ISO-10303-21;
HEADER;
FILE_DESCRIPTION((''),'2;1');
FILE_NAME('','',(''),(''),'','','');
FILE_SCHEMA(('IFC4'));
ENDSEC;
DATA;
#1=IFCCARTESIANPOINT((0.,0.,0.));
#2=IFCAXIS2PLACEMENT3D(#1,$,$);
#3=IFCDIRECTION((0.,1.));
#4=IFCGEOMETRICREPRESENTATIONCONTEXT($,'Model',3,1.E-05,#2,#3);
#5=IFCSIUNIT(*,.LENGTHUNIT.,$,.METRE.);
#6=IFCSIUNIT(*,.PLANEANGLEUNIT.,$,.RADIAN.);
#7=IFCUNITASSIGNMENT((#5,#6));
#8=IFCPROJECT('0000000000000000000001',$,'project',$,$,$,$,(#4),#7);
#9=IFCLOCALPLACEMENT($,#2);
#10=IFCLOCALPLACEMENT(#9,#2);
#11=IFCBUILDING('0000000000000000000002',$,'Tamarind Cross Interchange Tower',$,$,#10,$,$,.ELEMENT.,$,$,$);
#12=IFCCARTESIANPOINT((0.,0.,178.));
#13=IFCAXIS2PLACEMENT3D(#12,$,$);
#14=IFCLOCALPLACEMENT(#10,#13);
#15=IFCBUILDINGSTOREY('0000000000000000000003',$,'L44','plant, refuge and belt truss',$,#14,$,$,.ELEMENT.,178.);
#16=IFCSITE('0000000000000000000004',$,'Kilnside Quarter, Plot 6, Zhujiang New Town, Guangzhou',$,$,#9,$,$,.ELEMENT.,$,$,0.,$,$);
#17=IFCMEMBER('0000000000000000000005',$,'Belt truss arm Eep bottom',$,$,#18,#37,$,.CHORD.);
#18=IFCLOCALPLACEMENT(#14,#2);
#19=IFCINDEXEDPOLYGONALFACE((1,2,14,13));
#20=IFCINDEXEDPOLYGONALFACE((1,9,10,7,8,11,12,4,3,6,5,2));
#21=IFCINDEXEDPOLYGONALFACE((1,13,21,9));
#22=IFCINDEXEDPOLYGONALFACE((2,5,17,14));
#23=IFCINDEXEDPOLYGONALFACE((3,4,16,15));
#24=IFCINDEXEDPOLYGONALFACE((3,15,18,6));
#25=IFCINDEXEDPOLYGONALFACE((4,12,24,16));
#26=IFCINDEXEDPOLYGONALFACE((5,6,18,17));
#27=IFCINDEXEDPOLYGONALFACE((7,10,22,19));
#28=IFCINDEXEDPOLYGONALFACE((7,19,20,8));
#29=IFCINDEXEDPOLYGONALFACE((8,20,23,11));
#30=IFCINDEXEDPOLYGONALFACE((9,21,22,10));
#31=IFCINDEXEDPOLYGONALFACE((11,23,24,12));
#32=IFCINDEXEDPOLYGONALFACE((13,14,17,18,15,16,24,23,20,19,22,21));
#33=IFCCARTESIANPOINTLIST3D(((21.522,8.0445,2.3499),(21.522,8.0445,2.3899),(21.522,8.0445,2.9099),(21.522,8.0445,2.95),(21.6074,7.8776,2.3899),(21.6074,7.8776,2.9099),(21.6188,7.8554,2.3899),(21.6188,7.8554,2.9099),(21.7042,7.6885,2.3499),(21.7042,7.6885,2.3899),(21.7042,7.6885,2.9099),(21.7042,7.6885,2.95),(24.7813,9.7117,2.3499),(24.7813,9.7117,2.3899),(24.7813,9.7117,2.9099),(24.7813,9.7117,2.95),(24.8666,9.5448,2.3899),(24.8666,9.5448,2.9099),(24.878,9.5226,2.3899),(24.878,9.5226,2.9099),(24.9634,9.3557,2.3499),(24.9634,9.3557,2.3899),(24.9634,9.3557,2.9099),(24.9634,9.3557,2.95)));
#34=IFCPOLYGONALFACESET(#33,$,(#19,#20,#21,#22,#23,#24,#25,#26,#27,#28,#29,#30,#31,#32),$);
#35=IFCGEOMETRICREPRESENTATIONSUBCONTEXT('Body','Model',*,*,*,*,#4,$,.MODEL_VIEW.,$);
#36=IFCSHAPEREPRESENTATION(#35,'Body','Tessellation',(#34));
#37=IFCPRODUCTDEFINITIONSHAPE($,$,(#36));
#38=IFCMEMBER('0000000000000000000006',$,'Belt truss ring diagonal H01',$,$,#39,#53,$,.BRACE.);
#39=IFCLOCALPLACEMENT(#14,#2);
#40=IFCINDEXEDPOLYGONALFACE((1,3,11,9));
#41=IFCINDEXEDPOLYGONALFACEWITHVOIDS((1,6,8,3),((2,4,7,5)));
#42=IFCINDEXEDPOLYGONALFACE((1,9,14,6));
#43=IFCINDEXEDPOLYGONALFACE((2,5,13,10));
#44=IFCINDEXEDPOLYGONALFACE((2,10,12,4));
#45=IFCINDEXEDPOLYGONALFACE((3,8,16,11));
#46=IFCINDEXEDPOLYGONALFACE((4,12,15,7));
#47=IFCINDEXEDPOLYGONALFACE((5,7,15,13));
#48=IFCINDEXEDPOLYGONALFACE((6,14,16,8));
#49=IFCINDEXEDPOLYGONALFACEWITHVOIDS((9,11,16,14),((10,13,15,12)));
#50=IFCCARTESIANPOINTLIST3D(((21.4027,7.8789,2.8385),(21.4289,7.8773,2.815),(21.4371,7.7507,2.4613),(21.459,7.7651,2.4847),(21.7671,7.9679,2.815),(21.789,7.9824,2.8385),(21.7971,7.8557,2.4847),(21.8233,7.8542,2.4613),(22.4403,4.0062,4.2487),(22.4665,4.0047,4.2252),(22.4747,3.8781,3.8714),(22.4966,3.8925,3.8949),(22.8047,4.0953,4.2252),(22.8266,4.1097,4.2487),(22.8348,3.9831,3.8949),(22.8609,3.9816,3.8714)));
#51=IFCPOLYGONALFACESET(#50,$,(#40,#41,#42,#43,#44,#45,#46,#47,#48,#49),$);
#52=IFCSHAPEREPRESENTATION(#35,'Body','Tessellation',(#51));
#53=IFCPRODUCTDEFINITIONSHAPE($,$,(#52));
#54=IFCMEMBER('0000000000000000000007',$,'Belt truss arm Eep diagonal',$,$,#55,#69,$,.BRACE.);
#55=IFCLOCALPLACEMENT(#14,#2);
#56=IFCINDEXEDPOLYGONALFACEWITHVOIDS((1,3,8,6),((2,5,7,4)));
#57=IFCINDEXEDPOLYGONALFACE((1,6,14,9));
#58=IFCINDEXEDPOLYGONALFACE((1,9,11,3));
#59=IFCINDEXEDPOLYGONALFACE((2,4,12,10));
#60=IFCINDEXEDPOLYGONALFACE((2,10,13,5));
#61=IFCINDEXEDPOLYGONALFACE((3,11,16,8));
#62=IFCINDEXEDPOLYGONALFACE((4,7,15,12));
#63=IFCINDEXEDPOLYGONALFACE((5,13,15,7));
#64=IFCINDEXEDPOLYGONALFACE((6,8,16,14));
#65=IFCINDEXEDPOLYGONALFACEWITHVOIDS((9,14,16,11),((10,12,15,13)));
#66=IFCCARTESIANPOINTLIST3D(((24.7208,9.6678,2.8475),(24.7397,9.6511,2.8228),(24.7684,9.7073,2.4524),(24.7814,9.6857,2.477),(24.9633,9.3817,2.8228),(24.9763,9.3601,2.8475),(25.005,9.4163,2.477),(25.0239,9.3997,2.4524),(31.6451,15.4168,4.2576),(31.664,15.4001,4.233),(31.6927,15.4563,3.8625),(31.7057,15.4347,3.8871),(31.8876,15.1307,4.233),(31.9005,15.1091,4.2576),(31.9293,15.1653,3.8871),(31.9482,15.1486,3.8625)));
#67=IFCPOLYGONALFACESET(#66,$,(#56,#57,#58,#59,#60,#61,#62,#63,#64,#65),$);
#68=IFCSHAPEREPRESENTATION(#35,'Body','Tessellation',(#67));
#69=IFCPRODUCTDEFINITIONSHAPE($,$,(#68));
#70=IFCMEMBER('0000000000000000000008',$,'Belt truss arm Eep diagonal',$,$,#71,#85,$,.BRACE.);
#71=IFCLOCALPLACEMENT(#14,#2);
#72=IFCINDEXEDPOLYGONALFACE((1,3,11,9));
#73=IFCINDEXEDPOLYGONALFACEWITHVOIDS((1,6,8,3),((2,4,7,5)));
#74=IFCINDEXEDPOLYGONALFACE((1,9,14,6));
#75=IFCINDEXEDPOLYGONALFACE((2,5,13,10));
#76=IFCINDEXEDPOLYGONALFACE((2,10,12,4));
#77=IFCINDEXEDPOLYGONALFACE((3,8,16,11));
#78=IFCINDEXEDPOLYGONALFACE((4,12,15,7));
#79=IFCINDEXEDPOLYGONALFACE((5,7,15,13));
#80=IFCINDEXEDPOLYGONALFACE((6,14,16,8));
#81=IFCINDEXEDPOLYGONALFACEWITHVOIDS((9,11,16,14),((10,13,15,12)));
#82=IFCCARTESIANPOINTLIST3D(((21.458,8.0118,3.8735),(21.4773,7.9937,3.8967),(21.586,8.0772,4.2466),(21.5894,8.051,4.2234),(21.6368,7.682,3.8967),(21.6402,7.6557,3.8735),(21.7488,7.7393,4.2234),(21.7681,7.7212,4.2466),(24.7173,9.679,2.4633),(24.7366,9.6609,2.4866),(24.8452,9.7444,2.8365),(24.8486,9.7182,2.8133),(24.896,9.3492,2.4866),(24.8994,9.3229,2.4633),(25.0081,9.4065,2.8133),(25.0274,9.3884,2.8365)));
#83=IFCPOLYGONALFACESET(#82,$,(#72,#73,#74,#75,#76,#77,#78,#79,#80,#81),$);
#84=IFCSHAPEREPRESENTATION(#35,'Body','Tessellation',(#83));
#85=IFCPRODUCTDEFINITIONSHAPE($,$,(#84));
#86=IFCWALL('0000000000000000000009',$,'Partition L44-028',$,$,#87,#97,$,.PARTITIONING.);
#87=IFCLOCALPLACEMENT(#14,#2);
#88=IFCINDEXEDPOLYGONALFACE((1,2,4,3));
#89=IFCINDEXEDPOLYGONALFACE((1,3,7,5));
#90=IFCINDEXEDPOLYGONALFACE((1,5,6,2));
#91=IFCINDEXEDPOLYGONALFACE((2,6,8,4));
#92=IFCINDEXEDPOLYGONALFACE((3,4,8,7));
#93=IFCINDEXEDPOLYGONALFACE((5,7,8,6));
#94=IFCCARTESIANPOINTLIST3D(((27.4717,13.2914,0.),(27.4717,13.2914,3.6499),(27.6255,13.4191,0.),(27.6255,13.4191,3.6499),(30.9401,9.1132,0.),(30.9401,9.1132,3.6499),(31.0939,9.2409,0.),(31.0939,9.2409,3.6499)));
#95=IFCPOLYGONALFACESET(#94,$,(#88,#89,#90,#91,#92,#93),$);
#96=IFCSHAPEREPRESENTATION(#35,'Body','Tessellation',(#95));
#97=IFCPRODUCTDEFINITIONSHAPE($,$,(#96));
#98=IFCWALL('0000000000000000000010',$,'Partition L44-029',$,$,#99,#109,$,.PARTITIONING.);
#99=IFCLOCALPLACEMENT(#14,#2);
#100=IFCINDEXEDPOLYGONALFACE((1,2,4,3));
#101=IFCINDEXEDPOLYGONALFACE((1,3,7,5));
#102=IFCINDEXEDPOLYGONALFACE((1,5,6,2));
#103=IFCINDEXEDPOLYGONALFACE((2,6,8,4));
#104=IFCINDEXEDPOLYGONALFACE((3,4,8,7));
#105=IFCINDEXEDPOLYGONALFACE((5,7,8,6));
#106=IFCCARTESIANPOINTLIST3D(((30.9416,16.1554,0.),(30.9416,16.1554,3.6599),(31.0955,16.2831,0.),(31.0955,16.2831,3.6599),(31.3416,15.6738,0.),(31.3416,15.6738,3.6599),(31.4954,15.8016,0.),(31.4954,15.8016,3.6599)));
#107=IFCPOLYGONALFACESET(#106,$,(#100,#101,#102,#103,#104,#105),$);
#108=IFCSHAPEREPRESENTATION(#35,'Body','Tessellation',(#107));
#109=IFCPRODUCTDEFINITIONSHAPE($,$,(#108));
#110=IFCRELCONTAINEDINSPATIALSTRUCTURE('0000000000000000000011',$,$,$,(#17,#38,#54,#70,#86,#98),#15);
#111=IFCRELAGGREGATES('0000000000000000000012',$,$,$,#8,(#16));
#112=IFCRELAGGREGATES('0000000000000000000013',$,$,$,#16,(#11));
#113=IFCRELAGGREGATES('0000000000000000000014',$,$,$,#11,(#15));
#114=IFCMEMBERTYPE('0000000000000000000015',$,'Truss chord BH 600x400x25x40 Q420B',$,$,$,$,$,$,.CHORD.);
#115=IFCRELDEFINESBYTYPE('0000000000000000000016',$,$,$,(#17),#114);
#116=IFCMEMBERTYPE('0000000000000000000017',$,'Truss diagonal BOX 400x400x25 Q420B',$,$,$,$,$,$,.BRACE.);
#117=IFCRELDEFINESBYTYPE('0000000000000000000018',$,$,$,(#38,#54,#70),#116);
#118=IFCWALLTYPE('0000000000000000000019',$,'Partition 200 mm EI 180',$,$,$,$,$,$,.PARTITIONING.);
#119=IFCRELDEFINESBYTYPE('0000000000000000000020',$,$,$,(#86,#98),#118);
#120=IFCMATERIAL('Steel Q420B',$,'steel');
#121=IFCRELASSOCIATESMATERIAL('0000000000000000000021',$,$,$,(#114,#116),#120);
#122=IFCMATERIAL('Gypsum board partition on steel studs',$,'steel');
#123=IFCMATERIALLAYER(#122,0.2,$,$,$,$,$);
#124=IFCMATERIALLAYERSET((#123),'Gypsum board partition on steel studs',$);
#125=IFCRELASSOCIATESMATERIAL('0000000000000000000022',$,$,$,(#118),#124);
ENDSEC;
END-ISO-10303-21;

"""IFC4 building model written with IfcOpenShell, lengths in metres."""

from ifc_helpers import new_model, si_unit, direction, frame, frame_2d, origin, origin_2d, place, context, subcontext, project, spatial, rectangle, hollow_rectangle, i_section, extrude, material, layer, layer_set, material_profile, profile_set, type_object, element, save


model = new_model("IFC4")

# Units and contexts
model_context = context("Model", 3, precision=1e-05, world=origin(), true_north=direction((0.0, 1.0)))
body_context = subcontext(model_context, "Body", "Model", "MODEL_VIEW")
ifc_project = project(units=[si_unit("LENGTHUNIT", "METRE"), si_unit("PLANEANGLEUNIT", "RADIAN")], contexts=[model_context])

# Site, building, storey
site_placement = place(None, origin())
site = spatial("IfcSite", under=ifc_project, at=site_placement, Name="Kilnside Quarter, Plot 6, Zhujiang New Town, Guangzhou", CompositionType="ELEMENT", RefElevation=0.0)
building_placement = place(site_placement, origin())
building = spatial("IfcBuilding", under=site, at=building_placement, Name="Tamarind Cross Interchange Tower", CompositionType="ELEMENT")
storey_placement = place(building_placement, frame((0.0, 0.0, 178.0)))
storey = spatial("IfcBuildingStorey", under=building, at=storey_placement, Name="L44", Description="plant, refuge and belt truss", CompositionType="ELEMENT", Elevation=178.0)

# Members
ifc_material_1 = material(Name="Steel Q420B", Category="steel")
ifc_material_profile_1 = material_profile(ifc_material_1, i_section(OverallWidth=0.3999, OverallDepth=0.6001, WebThickness=0.0249, FlangeThickness=0.04, at=origin_2d()), Name="BH 600x400x25x40")
ifc_profile_set_1 = profile_set([ifc_material_profile_1], Name="Steel Q420B")
member_type_1 = type_object("IfcMemberType", Name="Truss chord BH 600x400x25x40 Q420B", PredefinedType="CHORD", material=ifc_profile_set_1)
for number, where, z_axis, x_axis, name in (
    (1, (24.8723, 9.5337, 2.6499), (-0.890281, -0.455411, 0.0), (0.455411, -0.890281, 0.0), "Belt truss arm Eep bottom"),
):
    element("IfcMember", number, at=place(storey_placement, frame(where, z_axis=z_axis, x_axis=x_axis)), inside=storey, type_object=member_type_1, Name=name, PredefinedType="CHORD", context=body_context, shape_type="SweptSolid", body=[
        extrude(i_section(OverallWidth=0.3999, OverallDepth=0.6001, WebThickness=0.0249, FlangeThickness=0.04, at=origin_2d()), origin(), (0.0, 0.0, 1.0), 3.6609),
    ])
ifc_material_profile_2 = material_profile(ifc_material_1, hollow_rectangle(XDim=0.3999, YDim=0.3999, WallThickness=0.0249, at=origin_2d()), Name="BOX 400x400x25")
ifc_profile_set_2 = profile_set([ifc_material_profile_2], Name="Steel Q420B")
member_type_2 = type_object("IfcMemberType", Name="Truss diagonal BOX 400x400x25 Q420B", PredefinedType="BRACE", material=ifc_profile_set_2)
member_1_placement = place(storey_placement, frame((22.6506, 3.9939, 4.0601), z_axis=(-0.244145, 0.911206, -0.331807), x_axis=(-0.965929, -0.258807, 0.0)))
element("IfcMember", 2, at=member_1_placement, inside=storey, type_object=member_type_2, Name="Belt truss ring diagonal H01", PredefinedType="BRACE", context=body_context, shape_type="SweptSolid", body=[
    extrude(hollow_rectangle(XDim=0.3999, YDim=0.3999, WallThickness=0.0249, at=origin_2d()), origin(), (0.0, 0.0, 1.0), 4.25),
])
member_2_placement = place(storey_placement, frame((31.7966, 15.2827, 4.0601), z_axis=(-0.760107, -0.631091, -0.154798), x_axis=(0.638791, -0.769381, 0.0)))
element("IfcMember", 3, at=member_2_placement, inside=storey, type_object=member_type_2, Name="Belt truss arm Eep diagonal", PredefinedType="BRACE", context=body_context, shape_type="SweptSolid", body=[
    extrude(hollow_rectangle(XDim=0.3999, YDim=0.3999, WallThickness=0.0249, at=origin_2d()), origin(), (0.0, 0.0, 1.0), 9.1096),
])
member_3_placement = place(storey_placement, frame((24.8723, 9.5337, 2.6499), z_axis=(-0.830781, -0.424974, 0.359445), x_axis=(0.455411, -0.890281, 0.0)))
element("IfcMember", 4, at=member_3_placement, inside=storey, type_object=member_type_2, Name="Belt truss arm Eep diagonal", PredefinedType="BRACE", context=body_context, shape_type="SweptSolid", body=[
    extrude(hollow_rectangle(XDim=0.3999, YDim=0.3999, WallThickness=0.0249, at=origin_2d()), origin(), (0.0, 0.0, 1.0), 3.9231),
])

# Walls
ifc_material_2 = material(Name="Gypsum board partition on steel studs", Category="steel")
ifc_layer_1 = layer(ifc_material_2, 0.2)
ifc_layer_set_1 = layer_set([ifc_layer_1], Name="Gypsum board partition on steel studs")
wall_type_1 = type_object("IfcWallType", Name="Partition 200 mm EI 180", PredefinedType="PARTITIONING", material=ifc_layer_set_1)
wall_1_placement = place(storey_placement, frame((27.5486, 13.3552, 0.0), z_axis=(0.0, 0.0, 1.0), x_axis=(0.638733, -0.769429, 0.0)))
element("IfcWall", 5, at=wall_1_placement, inside=storey, type_object=wall_type_1, Name="Partition L44-028", PredefinedType="PARTITIONING", context=body_context, shape_type="SweptSolid", body=[
    extrude(rectangle(XDim=5.4302, YDim=0.2, at=frame_2d((2.7151, 0.0))), origin(), (0.0, 0.0, 1.0), 3.6499),
])
wall_2_placement = place(storey_placement, frame((31.0186, 16.2192, 0.0), z_axis=(0.0, 0.0, 1.0), x_axis=(0.638956, -0.769243, 0.0)))
element("IfcWall", 6, at=wall_2_placement, inside=storey, type_object=wall_type_1, Name="Partition L44-029", PredefinedType="PARTITIONING", context=body_context, shape_type="SweptSolid", body=[
    extrude(rectangle(XDim=0.626, YDim=0.2, at=frame_2d((0.313, 0.0))), origin(), (0.0, 0.0, 1.0), 3.6599),
])

save(model, "model.ifc")
